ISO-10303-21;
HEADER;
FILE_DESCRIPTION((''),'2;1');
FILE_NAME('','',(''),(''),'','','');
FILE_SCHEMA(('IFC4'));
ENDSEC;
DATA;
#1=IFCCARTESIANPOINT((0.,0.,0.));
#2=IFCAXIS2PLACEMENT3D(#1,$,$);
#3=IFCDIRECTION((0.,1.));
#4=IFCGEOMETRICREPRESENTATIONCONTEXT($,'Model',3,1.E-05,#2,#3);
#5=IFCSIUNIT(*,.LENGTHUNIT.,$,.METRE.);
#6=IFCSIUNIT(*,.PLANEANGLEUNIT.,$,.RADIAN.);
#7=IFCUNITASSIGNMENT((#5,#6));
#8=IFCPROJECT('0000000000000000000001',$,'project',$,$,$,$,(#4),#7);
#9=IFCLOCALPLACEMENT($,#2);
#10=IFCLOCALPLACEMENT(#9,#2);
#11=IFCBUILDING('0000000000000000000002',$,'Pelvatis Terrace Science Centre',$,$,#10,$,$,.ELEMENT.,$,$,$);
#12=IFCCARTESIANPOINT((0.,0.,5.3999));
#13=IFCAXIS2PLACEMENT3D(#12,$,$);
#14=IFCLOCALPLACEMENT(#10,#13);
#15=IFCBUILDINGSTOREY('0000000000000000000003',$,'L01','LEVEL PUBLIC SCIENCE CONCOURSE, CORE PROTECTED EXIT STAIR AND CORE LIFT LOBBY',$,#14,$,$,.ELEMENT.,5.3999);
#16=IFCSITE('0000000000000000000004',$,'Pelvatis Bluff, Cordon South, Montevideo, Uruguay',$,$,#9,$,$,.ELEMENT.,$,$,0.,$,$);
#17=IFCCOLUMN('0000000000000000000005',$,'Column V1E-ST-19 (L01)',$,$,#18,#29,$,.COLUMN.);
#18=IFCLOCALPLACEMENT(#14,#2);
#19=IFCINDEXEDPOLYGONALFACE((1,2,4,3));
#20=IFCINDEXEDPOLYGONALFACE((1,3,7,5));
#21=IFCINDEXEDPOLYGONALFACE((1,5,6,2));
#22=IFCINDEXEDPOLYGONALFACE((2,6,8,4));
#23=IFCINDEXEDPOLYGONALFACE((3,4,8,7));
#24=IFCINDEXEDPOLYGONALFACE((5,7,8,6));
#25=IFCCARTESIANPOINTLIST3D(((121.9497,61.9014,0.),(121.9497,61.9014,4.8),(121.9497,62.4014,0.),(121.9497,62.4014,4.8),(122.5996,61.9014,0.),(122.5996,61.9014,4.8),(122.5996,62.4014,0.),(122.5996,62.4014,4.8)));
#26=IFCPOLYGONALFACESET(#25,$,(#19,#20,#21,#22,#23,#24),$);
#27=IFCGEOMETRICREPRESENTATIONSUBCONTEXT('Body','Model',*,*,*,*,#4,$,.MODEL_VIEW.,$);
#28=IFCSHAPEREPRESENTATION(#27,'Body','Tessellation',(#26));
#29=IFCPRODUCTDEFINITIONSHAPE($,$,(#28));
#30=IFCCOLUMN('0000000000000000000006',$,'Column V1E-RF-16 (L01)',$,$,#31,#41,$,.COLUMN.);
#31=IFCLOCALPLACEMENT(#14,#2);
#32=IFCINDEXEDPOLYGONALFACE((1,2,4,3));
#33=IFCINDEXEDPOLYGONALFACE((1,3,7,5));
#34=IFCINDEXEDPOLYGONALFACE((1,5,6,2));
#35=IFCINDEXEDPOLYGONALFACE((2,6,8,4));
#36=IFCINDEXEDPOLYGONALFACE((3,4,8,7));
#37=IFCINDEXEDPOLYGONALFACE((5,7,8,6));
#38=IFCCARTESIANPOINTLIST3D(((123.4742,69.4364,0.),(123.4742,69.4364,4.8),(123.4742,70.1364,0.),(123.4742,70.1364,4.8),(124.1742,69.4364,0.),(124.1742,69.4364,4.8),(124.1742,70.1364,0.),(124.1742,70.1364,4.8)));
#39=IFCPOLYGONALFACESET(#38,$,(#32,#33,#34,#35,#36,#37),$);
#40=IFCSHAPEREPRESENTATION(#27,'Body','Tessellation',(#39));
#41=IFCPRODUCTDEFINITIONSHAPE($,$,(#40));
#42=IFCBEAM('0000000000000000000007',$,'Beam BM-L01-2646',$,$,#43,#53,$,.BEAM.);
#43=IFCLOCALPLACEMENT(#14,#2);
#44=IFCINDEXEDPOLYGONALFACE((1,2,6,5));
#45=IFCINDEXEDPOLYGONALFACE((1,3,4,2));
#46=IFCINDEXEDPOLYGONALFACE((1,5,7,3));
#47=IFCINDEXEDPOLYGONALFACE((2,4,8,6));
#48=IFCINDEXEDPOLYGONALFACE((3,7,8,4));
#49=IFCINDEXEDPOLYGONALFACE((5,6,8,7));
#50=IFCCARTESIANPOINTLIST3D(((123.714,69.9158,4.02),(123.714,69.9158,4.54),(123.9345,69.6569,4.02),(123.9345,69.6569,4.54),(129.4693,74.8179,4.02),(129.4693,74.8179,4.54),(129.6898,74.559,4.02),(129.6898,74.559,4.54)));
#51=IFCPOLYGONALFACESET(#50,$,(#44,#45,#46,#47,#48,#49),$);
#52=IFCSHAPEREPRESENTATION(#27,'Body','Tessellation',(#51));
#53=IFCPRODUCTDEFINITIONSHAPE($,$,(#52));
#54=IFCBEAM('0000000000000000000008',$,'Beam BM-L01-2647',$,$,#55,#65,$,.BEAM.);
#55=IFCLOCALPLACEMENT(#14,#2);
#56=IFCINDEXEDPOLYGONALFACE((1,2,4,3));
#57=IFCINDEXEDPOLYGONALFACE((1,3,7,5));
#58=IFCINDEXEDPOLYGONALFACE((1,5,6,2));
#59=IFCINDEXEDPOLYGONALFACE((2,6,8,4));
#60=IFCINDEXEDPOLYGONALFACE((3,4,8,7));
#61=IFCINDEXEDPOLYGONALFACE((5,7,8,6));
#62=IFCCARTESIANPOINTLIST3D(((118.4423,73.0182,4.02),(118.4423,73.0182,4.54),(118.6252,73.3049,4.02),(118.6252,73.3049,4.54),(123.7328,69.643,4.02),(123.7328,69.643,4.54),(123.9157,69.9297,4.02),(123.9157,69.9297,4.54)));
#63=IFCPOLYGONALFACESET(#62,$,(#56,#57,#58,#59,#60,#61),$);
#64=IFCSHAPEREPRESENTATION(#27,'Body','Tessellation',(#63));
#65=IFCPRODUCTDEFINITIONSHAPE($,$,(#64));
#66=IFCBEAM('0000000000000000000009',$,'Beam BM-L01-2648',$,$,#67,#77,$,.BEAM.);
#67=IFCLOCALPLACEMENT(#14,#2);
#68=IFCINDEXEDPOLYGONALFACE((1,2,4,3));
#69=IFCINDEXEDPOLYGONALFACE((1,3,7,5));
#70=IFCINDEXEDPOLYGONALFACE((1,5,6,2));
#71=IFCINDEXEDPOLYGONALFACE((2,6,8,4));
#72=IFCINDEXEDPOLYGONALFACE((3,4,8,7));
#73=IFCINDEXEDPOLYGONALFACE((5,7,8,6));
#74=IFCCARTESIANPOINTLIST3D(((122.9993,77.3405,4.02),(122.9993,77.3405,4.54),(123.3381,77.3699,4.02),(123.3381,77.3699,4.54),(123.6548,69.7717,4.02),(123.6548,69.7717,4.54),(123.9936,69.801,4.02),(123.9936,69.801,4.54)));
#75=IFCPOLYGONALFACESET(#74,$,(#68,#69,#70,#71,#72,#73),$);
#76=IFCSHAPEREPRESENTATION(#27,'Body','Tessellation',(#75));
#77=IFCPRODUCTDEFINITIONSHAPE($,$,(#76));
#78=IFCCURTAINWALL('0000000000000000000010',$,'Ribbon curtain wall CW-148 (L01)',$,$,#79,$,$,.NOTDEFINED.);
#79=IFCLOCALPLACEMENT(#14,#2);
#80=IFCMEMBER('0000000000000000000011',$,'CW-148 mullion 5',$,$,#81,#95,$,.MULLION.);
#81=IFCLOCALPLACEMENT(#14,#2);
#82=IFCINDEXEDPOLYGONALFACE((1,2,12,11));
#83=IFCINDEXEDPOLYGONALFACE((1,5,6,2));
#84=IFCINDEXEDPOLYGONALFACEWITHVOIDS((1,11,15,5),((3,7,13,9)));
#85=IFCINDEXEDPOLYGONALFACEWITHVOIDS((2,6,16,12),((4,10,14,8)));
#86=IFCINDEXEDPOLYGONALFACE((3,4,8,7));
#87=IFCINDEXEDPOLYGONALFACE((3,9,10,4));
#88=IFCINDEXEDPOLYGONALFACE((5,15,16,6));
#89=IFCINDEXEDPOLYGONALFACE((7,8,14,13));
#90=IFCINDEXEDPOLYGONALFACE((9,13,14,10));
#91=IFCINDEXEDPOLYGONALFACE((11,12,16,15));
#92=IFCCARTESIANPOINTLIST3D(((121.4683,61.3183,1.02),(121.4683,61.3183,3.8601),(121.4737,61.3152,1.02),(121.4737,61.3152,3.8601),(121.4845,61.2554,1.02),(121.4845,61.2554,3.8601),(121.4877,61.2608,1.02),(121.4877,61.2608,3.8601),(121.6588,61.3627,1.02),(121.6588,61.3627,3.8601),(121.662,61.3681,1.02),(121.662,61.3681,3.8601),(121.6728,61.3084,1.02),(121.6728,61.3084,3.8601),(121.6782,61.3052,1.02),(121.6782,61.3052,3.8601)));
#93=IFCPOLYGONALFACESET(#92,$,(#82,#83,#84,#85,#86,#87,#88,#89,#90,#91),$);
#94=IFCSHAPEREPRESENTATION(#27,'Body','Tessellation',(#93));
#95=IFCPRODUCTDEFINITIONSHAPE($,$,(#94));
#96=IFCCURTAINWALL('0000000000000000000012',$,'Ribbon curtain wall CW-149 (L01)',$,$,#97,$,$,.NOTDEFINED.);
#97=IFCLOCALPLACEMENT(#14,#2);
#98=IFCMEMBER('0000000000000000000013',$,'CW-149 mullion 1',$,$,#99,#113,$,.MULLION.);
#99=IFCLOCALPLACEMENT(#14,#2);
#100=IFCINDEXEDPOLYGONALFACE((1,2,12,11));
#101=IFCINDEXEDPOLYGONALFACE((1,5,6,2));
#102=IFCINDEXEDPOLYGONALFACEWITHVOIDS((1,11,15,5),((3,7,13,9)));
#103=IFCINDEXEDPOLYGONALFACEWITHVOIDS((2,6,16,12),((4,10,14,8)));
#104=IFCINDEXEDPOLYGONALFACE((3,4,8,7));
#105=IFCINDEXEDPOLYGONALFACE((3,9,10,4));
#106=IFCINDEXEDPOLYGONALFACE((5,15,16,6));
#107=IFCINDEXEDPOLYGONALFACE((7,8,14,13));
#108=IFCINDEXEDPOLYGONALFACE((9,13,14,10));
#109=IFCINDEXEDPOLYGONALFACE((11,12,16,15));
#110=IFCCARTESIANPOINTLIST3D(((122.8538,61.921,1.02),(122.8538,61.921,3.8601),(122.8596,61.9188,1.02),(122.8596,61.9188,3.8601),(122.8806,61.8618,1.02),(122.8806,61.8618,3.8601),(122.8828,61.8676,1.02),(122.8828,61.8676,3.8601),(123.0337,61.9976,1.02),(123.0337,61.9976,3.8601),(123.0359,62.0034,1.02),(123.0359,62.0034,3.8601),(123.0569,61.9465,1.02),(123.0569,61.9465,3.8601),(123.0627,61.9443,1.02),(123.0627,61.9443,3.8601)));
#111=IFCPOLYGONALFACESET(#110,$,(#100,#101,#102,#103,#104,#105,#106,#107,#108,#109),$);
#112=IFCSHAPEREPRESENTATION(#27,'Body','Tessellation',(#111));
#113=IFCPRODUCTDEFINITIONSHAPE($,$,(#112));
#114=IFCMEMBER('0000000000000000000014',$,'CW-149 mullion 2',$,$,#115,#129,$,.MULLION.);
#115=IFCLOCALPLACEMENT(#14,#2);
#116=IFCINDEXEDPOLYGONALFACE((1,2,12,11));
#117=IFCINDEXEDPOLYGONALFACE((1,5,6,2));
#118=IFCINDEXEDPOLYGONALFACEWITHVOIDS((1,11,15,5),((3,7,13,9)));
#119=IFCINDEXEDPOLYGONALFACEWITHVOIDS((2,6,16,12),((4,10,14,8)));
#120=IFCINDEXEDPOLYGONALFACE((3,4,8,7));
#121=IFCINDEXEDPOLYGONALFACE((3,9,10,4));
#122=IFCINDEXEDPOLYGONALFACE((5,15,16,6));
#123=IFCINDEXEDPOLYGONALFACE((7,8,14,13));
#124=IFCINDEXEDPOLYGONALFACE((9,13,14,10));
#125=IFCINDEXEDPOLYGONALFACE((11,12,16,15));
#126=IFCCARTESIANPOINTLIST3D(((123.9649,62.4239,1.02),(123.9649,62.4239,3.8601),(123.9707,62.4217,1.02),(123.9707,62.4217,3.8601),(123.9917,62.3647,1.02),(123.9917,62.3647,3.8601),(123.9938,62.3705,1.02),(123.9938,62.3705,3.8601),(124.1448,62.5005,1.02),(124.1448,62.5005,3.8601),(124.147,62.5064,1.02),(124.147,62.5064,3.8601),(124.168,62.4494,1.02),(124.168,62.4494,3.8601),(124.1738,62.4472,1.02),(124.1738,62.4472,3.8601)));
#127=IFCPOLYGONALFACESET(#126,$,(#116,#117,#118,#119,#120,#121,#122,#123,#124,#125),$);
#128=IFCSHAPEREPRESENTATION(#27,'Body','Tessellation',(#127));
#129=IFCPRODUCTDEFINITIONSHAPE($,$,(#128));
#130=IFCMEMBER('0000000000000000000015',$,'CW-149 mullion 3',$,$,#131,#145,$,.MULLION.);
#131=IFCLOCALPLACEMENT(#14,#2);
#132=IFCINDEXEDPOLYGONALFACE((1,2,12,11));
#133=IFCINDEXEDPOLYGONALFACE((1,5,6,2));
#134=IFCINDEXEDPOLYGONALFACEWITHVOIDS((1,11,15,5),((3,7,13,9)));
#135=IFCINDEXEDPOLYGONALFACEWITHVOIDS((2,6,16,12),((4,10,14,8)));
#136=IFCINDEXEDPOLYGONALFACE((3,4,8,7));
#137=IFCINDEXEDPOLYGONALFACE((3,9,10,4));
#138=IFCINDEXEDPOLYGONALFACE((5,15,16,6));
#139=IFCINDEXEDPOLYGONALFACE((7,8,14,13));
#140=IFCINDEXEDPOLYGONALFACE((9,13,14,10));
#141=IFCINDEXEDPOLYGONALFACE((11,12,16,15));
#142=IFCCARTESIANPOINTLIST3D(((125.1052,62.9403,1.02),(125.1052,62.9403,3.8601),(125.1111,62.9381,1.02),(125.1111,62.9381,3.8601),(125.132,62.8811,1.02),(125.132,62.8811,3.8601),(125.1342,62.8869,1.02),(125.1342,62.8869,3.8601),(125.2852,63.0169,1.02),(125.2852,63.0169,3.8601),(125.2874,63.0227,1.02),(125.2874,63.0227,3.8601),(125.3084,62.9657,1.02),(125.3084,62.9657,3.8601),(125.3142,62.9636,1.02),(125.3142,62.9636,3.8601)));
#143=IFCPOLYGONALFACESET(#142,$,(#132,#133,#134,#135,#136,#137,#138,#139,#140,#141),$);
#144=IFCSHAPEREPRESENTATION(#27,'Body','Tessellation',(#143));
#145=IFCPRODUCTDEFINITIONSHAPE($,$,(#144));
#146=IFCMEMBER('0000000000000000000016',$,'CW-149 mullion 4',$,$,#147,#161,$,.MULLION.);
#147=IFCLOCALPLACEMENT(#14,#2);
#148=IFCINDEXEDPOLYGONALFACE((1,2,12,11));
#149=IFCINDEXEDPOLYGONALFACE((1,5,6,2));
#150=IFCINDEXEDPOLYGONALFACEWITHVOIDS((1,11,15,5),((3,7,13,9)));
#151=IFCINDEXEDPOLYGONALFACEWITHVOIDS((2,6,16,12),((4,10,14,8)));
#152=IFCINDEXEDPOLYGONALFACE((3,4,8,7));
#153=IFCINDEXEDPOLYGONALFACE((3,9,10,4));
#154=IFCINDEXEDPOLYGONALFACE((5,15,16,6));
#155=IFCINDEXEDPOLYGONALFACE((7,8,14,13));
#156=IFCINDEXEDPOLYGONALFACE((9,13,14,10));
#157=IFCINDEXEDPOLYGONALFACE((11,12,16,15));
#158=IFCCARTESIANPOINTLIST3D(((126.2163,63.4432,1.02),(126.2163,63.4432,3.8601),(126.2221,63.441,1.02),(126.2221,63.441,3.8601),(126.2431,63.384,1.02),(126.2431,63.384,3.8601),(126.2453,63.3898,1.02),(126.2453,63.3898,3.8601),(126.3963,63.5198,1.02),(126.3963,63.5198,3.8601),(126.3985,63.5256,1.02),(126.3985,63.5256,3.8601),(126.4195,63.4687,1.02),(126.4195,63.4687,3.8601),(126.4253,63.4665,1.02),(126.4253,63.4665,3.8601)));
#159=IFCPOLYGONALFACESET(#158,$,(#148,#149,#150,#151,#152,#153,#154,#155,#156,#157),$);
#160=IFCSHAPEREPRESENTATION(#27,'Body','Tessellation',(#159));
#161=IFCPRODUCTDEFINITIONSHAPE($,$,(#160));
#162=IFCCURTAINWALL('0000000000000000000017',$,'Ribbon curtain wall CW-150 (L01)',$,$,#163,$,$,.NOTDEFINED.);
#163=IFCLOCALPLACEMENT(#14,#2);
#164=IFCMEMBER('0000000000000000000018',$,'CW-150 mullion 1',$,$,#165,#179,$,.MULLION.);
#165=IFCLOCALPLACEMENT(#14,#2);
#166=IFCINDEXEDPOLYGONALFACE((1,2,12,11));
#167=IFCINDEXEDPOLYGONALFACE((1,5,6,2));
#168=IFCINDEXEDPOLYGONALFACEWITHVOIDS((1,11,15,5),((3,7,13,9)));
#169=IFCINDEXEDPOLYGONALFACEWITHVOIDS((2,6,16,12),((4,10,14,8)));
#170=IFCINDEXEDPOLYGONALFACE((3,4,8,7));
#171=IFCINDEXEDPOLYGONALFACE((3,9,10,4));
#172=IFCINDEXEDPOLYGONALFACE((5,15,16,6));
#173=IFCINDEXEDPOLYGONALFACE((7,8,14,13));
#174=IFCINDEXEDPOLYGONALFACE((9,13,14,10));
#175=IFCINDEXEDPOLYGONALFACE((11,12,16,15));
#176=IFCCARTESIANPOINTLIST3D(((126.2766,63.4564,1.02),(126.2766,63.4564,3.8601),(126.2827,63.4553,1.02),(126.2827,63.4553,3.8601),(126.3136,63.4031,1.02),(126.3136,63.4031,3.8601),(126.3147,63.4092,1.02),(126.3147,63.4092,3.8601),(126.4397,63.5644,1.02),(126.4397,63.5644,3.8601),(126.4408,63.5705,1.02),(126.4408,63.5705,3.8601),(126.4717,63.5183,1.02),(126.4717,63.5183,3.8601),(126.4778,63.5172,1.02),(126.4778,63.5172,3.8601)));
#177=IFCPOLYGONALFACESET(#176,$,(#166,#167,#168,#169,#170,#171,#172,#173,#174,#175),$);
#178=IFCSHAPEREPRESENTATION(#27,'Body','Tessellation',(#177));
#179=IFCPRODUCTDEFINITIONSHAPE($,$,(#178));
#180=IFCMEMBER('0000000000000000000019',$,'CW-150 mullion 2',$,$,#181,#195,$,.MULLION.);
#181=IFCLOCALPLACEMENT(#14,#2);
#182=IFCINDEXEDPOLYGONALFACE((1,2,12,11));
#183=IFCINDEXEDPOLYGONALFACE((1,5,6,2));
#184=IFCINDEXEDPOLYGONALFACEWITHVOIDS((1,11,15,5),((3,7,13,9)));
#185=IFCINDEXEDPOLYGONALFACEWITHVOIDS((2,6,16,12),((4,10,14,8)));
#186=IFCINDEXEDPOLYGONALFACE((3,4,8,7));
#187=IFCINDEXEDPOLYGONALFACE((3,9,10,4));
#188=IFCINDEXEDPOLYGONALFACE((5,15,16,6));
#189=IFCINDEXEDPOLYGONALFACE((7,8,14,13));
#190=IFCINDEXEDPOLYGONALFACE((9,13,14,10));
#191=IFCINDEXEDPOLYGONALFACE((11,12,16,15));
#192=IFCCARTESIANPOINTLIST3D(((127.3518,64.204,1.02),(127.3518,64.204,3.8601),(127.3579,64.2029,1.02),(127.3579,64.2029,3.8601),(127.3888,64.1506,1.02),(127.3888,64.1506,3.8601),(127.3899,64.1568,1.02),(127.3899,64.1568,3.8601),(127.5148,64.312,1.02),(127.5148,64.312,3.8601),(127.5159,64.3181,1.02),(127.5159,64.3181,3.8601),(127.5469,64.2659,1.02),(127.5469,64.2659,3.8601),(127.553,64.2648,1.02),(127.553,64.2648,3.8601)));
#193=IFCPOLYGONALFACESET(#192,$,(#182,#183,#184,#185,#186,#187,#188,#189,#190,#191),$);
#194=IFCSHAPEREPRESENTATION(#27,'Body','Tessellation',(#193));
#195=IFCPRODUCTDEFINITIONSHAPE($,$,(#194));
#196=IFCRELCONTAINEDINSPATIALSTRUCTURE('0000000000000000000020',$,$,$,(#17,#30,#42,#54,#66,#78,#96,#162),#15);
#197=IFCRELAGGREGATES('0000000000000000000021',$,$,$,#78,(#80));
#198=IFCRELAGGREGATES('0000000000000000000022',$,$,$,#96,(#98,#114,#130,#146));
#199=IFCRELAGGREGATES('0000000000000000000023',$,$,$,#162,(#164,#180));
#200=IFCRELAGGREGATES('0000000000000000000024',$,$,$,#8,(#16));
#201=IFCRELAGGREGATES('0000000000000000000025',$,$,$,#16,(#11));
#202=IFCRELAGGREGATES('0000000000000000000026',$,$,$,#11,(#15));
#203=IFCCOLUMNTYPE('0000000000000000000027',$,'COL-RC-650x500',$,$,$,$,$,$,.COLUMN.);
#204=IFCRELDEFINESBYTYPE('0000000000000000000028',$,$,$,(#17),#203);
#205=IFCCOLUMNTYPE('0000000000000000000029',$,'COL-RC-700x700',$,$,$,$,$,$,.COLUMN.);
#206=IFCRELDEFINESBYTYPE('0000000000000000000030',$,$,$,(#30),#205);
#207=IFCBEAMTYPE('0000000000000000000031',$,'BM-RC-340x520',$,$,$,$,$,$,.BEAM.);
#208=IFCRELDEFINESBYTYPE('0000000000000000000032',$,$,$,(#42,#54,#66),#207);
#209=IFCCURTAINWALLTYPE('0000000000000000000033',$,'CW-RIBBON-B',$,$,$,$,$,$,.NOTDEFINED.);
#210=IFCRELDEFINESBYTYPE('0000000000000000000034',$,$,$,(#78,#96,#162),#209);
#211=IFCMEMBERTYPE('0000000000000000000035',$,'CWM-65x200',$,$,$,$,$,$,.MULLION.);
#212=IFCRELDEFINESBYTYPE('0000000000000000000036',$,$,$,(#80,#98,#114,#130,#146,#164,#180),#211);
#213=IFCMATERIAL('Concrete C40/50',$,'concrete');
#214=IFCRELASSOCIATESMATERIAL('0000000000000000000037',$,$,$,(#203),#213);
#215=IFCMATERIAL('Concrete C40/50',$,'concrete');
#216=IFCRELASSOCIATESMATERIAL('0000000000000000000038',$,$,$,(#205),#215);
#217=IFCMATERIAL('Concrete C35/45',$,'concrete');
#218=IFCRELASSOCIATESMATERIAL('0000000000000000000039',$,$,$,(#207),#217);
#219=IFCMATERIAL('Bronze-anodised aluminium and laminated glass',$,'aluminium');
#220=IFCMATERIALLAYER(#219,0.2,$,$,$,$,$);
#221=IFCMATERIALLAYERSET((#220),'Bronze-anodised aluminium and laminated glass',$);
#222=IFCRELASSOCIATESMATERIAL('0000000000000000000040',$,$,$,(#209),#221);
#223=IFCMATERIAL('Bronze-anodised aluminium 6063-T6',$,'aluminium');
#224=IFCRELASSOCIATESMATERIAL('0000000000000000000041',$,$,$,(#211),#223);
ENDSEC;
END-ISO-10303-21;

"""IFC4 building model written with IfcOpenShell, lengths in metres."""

from ifc_helpers import new_model, si_unit, direction, frame, origin, origin_2d, place, context, subcontext, project, spatial, rectangle, hollow_rectangle, extrude, material, layer, layer_set, material_profile, profile_set, type_object, element, aggregate, save


model = new_model("IFC4")

# Units and contexts
model_context = context("Model", 3, precision=1e-05, world=origin(), true_north=direction((0.0, 1.0)))
body_context = subcontext(model_context, "Body", "Model", "MODEL_VIEW")
ifc_project = project(units=[si_unit("LENGTHUNIT", "METRE"), si_unit("PLANEANGLEUNIT", "RADIAN")], contexts=[model_context])

# Site, building, storey
site_placement = place(None, origin())
site = spatial("IfcSite", under=ifc_project, at=site_placement, Name="Pelvatis Bluff, Cordon South, Montevideo, Uruguay", CompositionType="ELEMENT", RefElevation=0.0)
building_placement = place(site_placement, origin())
building = spatial("IfcBuilding", under=site, at=building_placement, Name="Pelvatis Terrace Science Centre", CompositionType="ELEMENT")
storey_placement = place(building_placement, frame((0.0, 0.0, 5.3999)))
storey = spatial("IfcBuildingStorey", under=building, at=storey_placement, Name="L01", Description="LEVEL PUBLIC SCIENCE CONCOURSE, CORE PROTECTED EXIT STAIR AND CORE LIFT LOBBY", CompositionType="ELEMENT", Elevation=5.3999)

# Columns
ifc_material_1 = material(Name="Concrete C40/50", Category="concrete")
ifc_material_profile_1 = material_profile(ifc_material_1, rectangle(XDim=0.6499, YDim=0.5, at=origin_2d()), Name="RC-COL 650x500")
ifc_profile_set_1 = profile_set([ifc_material_profile_1], Name="Concrete C40/50")
column_type_1 = type_object("IfcColumnType", Name="COL-RC-650x500", PredefinedType="COLUMN", material=ifc_profile_set_1)
column_1_placement = place(storey_placement, frame((122.2747, 62.1514, 0.0), z_axis=(0.0, 0.0, 1.0), x_axis=(1.0, 0.0, 0.0)))
element("IfcColumn", 1, at=column_1_placement, inside=storey, type_object=column_type_1, Name="Column V1E-ST-19 (L01)", PredefinedType="COLUMN", context=body_context, shape_type="SweptSolid", body=[
    extrude(rectangle(XDim=0.6499, YDim=0.5, at=origin_2d()), origin(), (0.0, 0.0, 1.0), 4.8),
])
ifc_material_2 = material(Name="Concrete C40/50", Category="concrete")
ifc_material_profile_2 = material_profile(ifc_material_2, rectangle(XDim=0.7, YDim=0.7, at=origin_2d()), Name="RC-COL 700x700")
ifc_profile_set_2 = profile_set([ifc_material_profile_2], Name="Concrete C40/50")
column_type_2 = type_object("IfcColumnType", Name="COL-RC-700x700", PredefinedType="COLUMN", material=ifc_profile_set_2)
column_2_placement = place(storey_placement, frame((123.8242, 69.7864, 0.0), z_axis=(0.0, 0.0, 1.0), x_axis=(1.0, 0.0, 0.0)))
element("IfcColumn", 2, at=column_2_placement, inside=storey, type_object=column_type_2, Name="Column V1E-RF-16 (L01)", PredefinedType="COLUMN", context=body_context, shape_type="SweptSolid", body=[
    extrude(rectangle(XDim=0.7, YDim=0.7, at=origin_2d()), origin(), (0.0, 0.0, 1.0), 4.8),
])

# Beams
ifc_material_3 = material(Name="Concrete C35/45", Category="concrete")
ifc_material_profile_3 = material_profile(ifc_material_3, rectangle(XDim=0.3401, YDim=0.52, at=origin_2d()), Name="RC-BM 340x520")
ifc_profile_set_3 = profile_set([ifc_material_profile_3], Name="Concrete C35/45")
beam_type_1 = type_object("IfcBeamType", Name="BM-RC-340x520", PredefinedType="BEAM", material=ifc_profile_set_3)
beam_1_placement = place(storey_placement, frame((123.8242, 69.7864, 4.28), z_axis=(0.761284, 0.648419, 0.0), x_axis=(-0.648419, 0.761284, 0.0)))
element("IfcBeam", 3, at=beam_1_placement, inside=storey, type_object=beam_type_1, Name="Beam BM-L01-2646", PredefinedType="BEAM", context=body_context, shape_type="SweptSolid", body=[
    extrude(rectangle(XDim=0.3401, YDim=0.52, at=origin_2d()), origin(), (0.0, 0.0, 1.0), 7.5601),
])
beam_2_placement = place(storey_placement, frame((123.8242, 69.7864, 4.28), z_axis=(-0.843044, 0.537844, 0.0), x_axis=(-0.537844, -0.843044, 0.0)))
element("IfcBeam", 4, at=beam_2_placement, inside=storey, type_object=beam_type_1, Name="Beam BM-L01-2647", PredefinedType="BEAM", context=body_context, shape_type="SweptSolid", body=[
    extrude(rectangle(XDim=0.3401, YDim=0.52, at=origin_2d()), origin(), (0.0, 0.0, 1.0), 6.2754),
])
beam_3_placement = place(storey_placement, frame((123.8242, 69.7864, 4.28), z_axis=(-0.086284, 0.996271, 0.0), x_axis=(-0.996271, -0.086284, 0.0)))
element("IfcBeam", 5, at=beam_3_placement, inside=storey, type_object=beam_type_1, Name="Beam BM-L01-2648", PredefinedType="BEAM", context=body_context, shape_type="SweptSolid", body=[
    extrude(rectangle(XDim=0.3401, YDim=0.52, at=origin_2d()), origin(), (0.0, 0.0, 1.0), 7.5972),
])

# Curtain wall, member
ifc_material_4 = material(Name="Bronze-anodised aluminium and laminated glass", Category="aluminium")
ifc_layer_1 = layer(ifc_material_4, 0.2)
ifc_layer_set_1 = layer_set([ifc_layer_1], Name="Bronze-anodised aluminium and laminated glass")
curtain_wall_type = type_object("IfcCurtainWallType", Name="CW-RIBBON-B", PredefinedType="NOTDEFINED", material=ifc_layer_set_1)
curtain_wall_1_placement = place(storey_placement, origin())
curtain_wall_1 = element("IfcCurtainWall", 6, at=curtain_wall_1_placement, inside=storey, type_object=curtain_wall_type, Name="Ribbon curtain wall CW-148 (L01)", PredefinedType="NOTDEFINED")
ifc_material_5 = material(Name="Bronze-anodised aluminium 6063-T6", Category="aluminium")
ifc_material_profile_4 = material_profile(ifc_material_5, hollow_rectangle(XDim=0.0649, YDim=0.2, WallThickness=0.0044, at=origin_2d()), Name="ALU-MUL 65x200")
ifc_profile_set_4 = profile_set([ifc_material_profile_4], Name="Bronze-anodised aluminium 6063-T6")
member_type_1 = type_object("IfcMemberType", Name="CWM-65x200", PredefinedType="MULLION", material=ifc_profile_set_4)
member_1_placement = place(storey_placement, frame((121.5732, 61.3118, 1.02), z_axis=(0.0, 0.0, 1.0), x_axis=(-0.248855, 0.968541, 0.0)))
member_1 = element("IfcMember", 7, at=member_1_placement, type_object=member_type_1, Name="CW-148 mullion 5", PredefinedType="MULLION", context=body_context, shape_type="SweptSolid", body=[
    extrude(hollow_rectangle(XDim=0.0649, YDim=0.2, WallThickness=0.0044, at=origin_2d()), origin(), (0.0, 0.0, 1.0), 2.8401),
])
aggregate(curtain_wall_1, [member_1])

# Curtain walls, members
curtain_wall_2_placement = place(storey_placement, origin())
curtain_wall_2 = element("IfcCurtainWall", 8, at=curtain_wall_2_placement, inside=storey, type_object=curtain_wall_type, Name="Ribbon curtain wall CW-149 (L01)", PredefinedType="NOTDEFINED")
member_2_placement = place(storey_placement, frame((122.9583, 61.9326, 1.02), z_axis=(0.0, 0.0, 1.0), x_axis=(-0.41243, 0.910989, 0.0)))
member_2 = element("IfcMember", 9, at=member_2_placement, type_object=member_type_1, Name="CW-149 mullion 1", PredefinedType="MULLION", context=body_context, shape_type="SweptSolid", body=[
    extrude(hollow_rectangle(XDim=0.0649, YDim=0.2, WallThickness=0.0044, at=origin_2d()), origin(), (0.0, 0.0, 1.0), 2.8401),
])
member_3_placement = place(storey_placement, frame((124.0693, 62.4355, 1.02), z_axis=(0.0, 0.0, 1.0), x_axis=(-0.41243, 0.910989, 0.0)))
member_3 = element("IfcMember", 10, at=member_3_placement, type_object=member_type_1, Name="CW-149 mullion 2", PredefinedType="MULLION", context=body_context, shape_type="SweptSolid", body=[
    extrude(hollow_rectangle(XDim=0.0649, YDim=0.2, WallThickness=0.0044, at=origin_2d()), origin(), (0.0, 0.0, 1.0), 2.8401),
])
member_4_placement = place(storey_placement, frame((125.2097, 62.9519, 1.02), z_axis=(0.0, 0.0, 1.0), x_axis=(-0.41243, 0.910989, 0.0)))
member_4 = element("IfcMember", 11, at=member_4_placement, type_object=member_type_1, Name="CW-149 mullion 3", PredefinedType="MULLION", context=body_context, shape_type="SweptSolid", body=[
    extrude(hollow_rectangle(XDim=0.0649, YDim=0.2, WallThickness=0.0044, at=origin_2d()), origin(), (0.0, 0.0, 1.0), 2.8401),
])
member_5_placement = place(storey_placement, frame((126.3208, 63.4548, 1.02), z_axis=(0.0, 0.0, 1.0), x_axis=(-0.41243, 0.910989, 0.0)))
member_5 = element("IfcMember", 12, at=member_5_placement, type_object=member_type_1, Name="CW-149 mullion 4", PredefinedType="MULLION", context=body_context, shape_type="SweptSolid", body=[
    extrude(hollow_rectangle(XDim=0.0649, YDim=0.2, WallThickness=0.0044, at=origin_2d()), origin(), (0.0, 0.0, 1.0), 2.8401),
])
curtain_wall_3_placement = place(storey_placement, origin())
curtain_wall_3 = element("IfcCurtainWall", 13, at=curtain_wall_3_placement, inside=storey, type_object=curtain_wall_type, Name="Ribbon curtain wall CW-150 (L01)", PredefinedType="NOTDEFINED")
member_6_placement = place(storey_placement, frame((126.3772, 63.4868, 1.02), z_axis=(0.0, 0.0, 1.0), x_axis=(-0.570774, 0.821107, 0.0)))
member_6 = element("IfcMember", 14, at=member_6_placement, type_object=member_type_1, Name="CW-150 mullion 1", PredefinedType="MULLION", context=body_context, shape_type="SweptSolid", body=[
    extrude(hollow_rectangle(XDim=0.0649, YDim=0.2, WallThickness=0.0044, at=origin_2d()), origin(), (0.0, 0.0, 1.0), 2.8401),
])
member_7_placement = place(storey_placement, frame((127.4524, 64.2344, 1.02), z_axis=(0.0, 0.0, 1.0), x_axis=(-0.570774, 0.821107, 0.0)))
member_7 = element("IfcMember", 15, at=member_7_placement, type_object=member_type_1, Name="CW-150 mullion 2", PredefinedType="MULLION", context=body_context, shape_type="SweptSolid", body=[
    extrude(hollow_rectangle(XDim=0.0649, YDim=0.2, WallThickness=0.0044, at=origin_2d()), origin(), (0.0, 0.0, 1.0), 2.8401),
])

aggregate(curtain_wall_2, [member_2, member_3, member_4, member_5])
aggregate(curtain_wall_3, [member_6, member_7])

save(model, "model.ifc")
